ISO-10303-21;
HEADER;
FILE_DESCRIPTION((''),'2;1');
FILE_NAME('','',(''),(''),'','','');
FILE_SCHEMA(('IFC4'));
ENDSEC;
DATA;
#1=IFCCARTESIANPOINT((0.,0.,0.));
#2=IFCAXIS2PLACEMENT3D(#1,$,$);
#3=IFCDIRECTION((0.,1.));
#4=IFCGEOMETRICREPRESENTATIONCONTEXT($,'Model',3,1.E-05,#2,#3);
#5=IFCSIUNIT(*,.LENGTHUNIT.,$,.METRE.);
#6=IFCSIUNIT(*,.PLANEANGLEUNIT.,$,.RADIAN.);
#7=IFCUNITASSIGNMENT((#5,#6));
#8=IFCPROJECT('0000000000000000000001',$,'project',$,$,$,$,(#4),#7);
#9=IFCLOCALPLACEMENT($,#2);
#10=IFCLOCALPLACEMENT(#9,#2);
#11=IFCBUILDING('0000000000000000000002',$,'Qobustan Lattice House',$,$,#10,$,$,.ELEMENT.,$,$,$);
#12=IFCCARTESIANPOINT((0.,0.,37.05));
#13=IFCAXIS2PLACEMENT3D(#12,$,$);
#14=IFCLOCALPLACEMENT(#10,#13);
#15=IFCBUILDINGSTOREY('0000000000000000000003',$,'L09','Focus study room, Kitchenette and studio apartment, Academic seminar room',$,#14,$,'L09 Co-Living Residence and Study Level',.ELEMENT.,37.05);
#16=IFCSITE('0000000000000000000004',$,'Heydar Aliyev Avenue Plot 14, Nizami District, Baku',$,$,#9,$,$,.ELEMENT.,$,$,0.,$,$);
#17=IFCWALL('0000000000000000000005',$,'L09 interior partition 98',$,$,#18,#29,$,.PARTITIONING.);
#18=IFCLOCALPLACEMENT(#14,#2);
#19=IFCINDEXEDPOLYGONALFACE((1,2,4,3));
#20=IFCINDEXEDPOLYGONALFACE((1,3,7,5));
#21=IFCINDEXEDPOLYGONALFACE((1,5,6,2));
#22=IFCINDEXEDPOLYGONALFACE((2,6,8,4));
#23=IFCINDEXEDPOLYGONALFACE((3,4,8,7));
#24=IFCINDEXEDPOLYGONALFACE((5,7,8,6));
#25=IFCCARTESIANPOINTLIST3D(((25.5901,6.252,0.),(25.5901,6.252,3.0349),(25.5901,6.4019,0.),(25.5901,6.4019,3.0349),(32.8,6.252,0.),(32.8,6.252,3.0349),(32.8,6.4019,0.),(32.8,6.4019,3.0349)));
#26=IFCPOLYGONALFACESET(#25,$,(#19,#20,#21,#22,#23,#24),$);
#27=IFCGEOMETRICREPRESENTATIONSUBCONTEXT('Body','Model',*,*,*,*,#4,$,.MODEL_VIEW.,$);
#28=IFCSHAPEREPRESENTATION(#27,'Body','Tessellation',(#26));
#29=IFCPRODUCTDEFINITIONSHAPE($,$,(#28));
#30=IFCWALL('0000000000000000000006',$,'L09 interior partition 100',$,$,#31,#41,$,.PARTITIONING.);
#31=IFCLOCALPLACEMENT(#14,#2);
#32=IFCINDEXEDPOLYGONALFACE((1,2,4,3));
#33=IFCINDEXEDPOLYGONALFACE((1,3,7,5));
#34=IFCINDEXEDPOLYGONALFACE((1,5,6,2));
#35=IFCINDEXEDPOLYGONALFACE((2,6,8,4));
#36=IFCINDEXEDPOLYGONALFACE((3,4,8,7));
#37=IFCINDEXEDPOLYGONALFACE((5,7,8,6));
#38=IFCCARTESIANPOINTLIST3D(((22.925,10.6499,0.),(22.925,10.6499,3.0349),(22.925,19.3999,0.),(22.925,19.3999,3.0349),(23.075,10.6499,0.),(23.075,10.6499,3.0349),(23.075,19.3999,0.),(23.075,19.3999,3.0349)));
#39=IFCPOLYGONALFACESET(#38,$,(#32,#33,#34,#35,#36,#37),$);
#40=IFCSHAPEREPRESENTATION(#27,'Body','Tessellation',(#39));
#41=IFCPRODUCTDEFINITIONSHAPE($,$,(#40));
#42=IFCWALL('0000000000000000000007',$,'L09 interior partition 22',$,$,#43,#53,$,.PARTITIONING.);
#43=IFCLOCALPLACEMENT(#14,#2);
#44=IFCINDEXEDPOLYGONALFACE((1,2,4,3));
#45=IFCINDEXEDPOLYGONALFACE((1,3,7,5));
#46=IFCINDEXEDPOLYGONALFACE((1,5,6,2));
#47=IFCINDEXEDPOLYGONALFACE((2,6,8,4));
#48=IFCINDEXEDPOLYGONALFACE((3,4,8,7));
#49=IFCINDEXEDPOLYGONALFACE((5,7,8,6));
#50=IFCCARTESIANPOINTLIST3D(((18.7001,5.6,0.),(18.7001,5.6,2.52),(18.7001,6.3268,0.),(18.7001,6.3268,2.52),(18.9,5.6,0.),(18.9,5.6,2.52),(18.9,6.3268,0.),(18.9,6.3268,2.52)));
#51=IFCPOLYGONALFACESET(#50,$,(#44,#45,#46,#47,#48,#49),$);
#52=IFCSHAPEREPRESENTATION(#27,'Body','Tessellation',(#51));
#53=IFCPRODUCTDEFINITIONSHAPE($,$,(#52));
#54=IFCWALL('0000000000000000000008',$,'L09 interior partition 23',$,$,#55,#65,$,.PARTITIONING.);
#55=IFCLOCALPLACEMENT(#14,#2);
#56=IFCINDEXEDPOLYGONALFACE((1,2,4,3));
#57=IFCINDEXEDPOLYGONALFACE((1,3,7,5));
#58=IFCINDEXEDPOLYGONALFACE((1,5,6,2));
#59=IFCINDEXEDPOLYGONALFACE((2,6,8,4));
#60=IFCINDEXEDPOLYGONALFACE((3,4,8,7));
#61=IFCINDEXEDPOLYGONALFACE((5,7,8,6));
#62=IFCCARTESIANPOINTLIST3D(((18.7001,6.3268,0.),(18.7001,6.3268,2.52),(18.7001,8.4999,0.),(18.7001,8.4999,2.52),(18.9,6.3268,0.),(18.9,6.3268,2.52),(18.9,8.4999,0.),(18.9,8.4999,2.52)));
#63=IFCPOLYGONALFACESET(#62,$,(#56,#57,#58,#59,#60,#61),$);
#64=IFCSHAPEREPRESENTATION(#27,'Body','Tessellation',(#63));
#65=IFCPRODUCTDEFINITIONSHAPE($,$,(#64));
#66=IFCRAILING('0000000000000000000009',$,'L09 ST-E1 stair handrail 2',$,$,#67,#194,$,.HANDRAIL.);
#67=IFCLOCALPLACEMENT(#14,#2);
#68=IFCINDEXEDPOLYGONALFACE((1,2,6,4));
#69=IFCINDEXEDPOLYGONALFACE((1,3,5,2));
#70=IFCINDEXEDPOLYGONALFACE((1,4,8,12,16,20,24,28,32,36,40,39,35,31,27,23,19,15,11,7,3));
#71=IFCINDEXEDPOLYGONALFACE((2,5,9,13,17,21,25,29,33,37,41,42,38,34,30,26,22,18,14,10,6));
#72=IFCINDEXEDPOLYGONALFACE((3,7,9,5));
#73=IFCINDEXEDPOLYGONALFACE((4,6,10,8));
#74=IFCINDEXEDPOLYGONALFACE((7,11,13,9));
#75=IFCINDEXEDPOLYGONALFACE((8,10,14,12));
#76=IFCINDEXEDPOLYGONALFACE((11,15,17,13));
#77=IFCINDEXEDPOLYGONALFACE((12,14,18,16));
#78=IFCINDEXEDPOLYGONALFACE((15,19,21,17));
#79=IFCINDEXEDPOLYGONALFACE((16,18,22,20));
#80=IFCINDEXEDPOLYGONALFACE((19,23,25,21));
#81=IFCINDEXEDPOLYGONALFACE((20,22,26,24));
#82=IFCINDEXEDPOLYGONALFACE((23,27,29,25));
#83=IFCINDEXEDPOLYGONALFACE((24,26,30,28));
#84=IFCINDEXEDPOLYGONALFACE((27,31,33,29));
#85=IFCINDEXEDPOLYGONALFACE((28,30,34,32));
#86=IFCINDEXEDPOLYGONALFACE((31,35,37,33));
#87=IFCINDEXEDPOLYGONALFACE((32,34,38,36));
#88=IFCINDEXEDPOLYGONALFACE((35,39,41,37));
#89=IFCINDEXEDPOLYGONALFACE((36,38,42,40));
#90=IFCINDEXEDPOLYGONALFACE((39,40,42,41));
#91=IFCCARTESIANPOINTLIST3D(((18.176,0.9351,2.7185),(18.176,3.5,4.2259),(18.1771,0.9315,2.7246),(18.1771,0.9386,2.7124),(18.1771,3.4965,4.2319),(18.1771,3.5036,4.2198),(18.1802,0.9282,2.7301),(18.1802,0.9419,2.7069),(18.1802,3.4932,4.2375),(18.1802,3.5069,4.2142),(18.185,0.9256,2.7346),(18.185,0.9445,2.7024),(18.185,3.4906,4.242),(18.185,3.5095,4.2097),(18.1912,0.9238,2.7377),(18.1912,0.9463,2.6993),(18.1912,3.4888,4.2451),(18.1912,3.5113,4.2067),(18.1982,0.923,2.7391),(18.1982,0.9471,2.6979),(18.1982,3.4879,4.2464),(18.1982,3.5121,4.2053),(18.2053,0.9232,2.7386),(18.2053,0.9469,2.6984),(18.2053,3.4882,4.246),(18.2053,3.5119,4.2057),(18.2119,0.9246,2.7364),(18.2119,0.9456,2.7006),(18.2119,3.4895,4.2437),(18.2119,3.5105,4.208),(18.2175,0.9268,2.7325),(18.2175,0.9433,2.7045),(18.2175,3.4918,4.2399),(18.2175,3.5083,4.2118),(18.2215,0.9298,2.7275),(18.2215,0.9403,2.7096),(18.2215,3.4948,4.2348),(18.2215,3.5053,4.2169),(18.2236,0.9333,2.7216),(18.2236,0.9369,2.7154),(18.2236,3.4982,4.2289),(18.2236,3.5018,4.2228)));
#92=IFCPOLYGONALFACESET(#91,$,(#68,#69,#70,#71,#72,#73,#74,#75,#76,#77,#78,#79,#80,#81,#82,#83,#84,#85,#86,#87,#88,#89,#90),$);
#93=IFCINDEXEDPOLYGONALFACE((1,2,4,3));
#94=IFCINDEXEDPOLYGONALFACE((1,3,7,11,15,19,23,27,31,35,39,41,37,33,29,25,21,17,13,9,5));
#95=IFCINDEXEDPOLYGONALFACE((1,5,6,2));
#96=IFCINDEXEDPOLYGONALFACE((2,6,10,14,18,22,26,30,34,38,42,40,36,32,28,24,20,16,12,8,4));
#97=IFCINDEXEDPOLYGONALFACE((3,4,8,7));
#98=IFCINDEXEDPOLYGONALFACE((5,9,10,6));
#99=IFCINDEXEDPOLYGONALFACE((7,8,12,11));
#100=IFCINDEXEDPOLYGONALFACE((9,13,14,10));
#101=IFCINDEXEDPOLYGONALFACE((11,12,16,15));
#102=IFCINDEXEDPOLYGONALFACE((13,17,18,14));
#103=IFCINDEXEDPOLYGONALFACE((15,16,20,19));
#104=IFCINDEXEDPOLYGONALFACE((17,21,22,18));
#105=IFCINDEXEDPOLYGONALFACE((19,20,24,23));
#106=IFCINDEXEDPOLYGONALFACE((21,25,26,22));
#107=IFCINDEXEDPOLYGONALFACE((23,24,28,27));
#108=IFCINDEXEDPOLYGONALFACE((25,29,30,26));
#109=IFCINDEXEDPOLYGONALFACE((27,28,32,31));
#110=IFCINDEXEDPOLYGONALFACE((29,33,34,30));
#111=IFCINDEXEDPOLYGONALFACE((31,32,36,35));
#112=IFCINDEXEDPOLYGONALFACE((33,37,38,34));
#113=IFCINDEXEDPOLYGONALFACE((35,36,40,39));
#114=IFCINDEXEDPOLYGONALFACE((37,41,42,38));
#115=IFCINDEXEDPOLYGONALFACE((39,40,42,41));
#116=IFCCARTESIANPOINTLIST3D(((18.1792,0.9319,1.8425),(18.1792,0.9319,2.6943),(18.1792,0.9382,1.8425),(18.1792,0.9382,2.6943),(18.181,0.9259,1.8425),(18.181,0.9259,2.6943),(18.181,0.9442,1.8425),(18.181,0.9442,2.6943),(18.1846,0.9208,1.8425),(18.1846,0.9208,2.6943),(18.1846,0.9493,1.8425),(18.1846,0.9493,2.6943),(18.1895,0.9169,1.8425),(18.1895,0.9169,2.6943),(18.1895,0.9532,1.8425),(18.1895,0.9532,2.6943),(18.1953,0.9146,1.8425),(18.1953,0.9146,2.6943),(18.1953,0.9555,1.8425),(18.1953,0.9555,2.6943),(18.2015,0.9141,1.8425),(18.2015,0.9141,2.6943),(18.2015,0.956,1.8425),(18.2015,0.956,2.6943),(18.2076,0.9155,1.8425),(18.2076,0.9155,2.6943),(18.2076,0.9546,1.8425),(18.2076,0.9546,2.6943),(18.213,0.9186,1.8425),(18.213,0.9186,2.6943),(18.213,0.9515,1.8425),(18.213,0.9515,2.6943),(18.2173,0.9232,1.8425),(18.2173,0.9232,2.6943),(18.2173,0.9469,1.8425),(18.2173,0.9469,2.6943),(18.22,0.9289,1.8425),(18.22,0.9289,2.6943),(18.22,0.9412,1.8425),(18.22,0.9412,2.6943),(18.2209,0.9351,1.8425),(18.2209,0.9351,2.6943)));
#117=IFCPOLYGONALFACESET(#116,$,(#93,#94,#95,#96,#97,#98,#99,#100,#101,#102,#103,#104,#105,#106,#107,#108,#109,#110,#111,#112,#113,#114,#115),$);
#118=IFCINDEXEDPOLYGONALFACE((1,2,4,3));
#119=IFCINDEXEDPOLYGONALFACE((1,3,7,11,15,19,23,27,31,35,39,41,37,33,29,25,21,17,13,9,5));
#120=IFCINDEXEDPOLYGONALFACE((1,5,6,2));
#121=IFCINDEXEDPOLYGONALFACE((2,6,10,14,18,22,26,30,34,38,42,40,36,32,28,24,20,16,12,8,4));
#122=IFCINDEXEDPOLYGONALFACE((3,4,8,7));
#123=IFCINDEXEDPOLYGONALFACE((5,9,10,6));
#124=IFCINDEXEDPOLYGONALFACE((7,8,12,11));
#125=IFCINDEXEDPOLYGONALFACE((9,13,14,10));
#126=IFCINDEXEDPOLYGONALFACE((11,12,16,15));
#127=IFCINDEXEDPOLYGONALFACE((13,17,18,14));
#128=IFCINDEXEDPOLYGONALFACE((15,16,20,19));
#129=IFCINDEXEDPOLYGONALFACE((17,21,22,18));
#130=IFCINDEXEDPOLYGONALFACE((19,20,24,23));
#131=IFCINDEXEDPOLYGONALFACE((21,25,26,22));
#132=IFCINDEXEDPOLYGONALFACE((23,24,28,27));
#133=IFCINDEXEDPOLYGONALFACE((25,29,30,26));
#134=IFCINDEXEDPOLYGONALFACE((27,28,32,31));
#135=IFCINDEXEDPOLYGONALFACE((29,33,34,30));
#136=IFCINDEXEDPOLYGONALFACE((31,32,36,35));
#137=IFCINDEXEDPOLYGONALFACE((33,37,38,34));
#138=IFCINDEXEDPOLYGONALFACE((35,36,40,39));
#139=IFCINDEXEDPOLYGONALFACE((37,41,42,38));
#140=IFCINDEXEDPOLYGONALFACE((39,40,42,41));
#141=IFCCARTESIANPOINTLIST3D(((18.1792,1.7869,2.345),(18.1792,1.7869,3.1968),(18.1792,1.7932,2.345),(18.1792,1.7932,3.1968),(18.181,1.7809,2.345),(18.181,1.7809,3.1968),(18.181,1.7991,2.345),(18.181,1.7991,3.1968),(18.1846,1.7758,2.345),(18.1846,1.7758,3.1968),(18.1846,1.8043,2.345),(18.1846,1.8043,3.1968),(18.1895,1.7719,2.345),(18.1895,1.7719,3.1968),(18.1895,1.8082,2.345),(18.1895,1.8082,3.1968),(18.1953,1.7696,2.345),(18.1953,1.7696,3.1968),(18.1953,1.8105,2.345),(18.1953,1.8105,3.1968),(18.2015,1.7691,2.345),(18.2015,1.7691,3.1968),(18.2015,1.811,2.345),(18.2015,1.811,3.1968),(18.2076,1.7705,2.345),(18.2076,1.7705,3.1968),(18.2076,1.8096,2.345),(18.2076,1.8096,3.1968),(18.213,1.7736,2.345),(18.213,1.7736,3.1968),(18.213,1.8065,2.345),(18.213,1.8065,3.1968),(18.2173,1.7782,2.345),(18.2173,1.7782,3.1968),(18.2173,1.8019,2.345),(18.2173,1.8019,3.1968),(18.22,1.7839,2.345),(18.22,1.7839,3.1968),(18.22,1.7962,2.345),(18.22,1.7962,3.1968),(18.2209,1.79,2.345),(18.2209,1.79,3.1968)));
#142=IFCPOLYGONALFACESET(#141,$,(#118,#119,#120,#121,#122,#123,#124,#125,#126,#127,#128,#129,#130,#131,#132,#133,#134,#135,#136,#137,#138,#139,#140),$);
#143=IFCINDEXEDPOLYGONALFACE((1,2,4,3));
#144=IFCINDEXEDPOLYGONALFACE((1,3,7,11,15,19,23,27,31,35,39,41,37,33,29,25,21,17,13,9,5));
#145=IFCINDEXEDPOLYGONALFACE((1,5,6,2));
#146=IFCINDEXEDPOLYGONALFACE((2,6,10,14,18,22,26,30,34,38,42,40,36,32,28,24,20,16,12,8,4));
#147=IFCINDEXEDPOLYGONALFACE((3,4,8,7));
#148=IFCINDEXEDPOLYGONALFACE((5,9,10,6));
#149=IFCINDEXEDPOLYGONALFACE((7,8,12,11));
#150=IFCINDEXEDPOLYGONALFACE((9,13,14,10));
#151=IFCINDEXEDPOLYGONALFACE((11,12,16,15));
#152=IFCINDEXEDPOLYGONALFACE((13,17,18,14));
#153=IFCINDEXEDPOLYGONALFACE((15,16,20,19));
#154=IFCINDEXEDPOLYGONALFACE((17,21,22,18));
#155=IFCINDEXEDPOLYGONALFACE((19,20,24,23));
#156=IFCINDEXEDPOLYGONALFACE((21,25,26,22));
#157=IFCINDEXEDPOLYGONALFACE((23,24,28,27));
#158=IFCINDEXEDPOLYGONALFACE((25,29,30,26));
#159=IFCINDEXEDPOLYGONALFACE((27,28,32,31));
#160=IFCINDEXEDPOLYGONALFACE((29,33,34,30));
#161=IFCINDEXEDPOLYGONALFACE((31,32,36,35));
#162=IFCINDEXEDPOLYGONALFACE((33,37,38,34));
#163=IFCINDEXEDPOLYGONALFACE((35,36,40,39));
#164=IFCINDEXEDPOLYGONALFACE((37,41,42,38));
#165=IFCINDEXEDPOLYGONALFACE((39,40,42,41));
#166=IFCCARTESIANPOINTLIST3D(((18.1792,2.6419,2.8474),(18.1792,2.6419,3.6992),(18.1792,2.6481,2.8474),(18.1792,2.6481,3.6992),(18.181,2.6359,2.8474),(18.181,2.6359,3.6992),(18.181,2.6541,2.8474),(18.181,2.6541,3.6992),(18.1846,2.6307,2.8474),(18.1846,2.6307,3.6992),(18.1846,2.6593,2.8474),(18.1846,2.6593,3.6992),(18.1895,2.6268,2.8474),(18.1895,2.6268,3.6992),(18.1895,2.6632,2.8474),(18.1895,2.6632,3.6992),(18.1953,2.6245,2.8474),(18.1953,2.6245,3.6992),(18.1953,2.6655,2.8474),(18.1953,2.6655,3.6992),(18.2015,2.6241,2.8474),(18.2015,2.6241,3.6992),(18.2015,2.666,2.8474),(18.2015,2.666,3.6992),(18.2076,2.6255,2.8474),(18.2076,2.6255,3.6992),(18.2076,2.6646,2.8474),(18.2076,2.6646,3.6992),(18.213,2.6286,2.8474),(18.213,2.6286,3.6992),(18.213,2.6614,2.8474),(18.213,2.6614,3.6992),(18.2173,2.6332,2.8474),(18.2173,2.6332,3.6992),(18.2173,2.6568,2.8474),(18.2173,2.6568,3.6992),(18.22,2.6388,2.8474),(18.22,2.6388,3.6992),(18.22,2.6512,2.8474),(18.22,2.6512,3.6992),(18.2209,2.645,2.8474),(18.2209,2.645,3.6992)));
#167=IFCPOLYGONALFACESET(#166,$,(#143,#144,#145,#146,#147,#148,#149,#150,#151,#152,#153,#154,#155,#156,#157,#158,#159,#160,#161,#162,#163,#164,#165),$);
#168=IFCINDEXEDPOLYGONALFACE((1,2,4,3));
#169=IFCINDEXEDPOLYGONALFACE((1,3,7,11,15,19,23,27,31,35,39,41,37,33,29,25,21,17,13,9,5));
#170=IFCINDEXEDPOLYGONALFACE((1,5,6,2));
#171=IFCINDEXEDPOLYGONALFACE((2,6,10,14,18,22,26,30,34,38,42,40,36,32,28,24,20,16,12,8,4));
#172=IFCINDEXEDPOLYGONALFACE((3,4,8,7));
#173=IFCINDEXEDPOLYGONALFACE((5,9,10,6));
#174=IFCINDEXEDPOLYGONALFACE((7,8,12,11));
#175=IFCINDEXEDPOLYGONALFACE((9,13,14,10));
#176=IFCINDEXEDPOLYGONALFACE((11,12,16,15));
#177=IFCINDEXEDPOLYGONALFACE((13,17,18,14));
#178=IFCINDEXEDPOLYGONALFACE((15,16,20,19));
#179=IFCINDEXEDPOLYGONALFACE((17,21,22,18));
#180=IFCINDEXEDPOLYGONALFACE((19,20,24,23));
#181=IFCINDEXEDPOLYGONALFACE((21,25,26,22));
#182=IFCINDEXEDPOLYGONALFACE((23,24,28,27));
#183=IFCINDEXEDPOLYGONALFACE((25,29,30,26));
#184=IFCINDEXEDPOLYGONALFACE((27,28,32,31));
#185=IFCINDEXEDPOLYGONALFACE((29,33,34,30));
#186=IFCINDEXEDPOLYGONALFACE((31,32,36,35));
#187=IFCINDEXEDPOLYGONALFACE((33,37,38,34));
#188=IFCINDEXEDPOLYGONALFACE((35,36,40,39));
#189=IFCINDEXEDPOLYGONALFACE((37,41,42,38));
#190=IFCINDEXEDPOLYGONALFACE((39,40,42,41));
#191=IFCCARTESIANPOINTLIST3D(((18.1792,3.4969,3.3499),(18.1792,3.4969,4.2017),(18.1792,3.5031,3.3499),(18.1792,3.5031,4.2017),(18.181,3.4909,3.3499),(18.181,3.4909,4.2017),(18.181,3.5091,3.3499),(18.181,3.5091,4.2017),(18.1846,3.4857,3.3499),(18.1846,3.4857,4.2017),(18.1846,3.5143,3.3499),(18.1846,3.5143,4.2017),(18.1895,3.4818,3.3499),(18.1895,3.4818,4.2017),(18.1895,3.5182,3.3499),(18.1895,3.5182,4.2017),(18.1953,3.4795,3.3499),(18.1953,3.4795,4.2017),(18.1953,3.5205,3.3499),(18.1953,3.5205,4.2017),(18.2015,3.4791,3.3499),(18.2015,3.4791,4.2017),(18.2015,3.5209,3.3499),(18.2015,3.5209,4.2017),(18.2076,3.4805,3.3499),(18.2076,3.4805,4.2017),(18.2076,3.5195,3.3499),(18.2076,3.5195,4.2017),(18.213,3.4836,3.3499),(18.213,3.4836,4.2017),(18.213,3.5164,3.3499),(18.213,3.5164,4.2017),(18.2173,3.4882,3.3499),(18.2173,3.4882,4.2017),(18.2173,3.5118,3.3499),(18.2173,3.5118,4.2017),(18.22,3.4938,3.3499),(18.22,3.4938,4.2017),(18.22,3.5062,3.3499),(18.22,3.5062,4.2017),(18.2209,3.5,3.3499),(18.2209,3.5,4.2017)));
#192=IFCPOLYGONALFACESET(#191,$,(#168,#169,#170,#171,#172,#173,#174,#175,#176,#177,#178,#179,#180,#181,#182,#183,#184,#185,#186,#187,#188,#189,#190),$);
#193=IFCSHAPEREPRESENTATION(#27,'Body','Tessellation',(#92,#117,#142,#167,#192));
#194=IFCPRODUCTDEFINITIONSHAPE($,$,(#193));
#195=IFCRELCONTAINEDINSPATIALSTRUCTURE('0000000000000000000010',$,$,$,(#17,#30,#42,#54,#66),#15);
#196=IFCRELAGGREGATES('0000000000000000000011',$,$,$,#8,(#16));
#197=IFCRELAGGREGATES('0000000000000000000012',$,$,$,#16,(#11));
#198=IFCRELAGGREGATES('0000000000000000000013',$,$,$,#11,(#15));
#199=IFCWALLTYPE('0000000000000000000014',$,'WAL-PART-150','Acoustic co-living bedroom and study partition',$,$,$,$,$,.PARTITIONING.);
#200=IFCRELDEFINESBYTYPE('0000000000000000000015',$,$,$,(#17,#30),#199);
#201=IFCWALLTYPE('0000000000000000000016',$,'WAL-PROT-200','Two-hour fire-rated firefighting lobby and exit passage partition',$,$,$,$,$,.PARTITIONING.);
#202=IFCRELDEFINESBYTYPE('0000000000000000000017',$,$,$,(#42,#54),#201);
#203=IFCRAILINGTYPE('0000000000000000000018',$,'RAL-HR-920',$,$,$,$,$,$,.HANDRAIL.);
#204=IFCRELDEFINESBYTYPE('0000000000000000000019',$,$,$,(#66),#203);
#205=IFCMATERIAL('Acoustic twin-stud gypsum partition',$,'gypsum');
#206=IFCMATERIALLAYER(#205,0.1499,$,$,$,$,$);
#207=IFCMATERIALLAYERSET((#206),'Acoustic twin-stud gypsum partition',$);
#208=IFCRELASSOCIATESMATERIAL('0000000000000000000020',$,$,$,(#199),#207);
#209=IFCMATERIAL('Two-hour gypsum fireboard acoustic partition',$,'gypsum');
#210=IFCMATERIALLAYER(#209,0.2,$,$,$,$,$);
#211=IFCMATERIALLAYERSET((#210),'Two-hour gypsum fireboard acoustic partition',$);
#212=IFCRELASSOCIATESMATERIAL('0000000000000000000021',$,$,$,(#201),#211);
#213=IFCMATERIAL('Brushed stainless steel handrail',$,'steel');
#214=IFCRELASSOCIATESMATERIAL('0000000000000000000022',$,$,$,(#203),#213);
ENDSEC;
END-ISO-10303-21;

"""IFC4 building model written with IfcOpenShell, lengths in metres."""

from ifc_helpers import new_model, si_unit, direction, frame, frame_2d, origin, origin_2d, place, context, subcontext, project, spatial, rectangle, circle, extrude, material, layer, layer_set, type_object, element, save


model = new_model("IFC4")

# Units and contexts
model_context = context("Model", 3, precision=1e-05, world=origin(), true_north=direction((0.0, 1.0)))
body_context = subcontext(model_context, "Body", "Model", "MODEL_VIEW")
ifc_project = project(units=[si_unit("LENGTHUNIT", "METRE"), si_unit("PLANEANGLEUNIT", "RADIAN")], contexts=[model_context])

# Site, building, storey
site_placement = place(None, origin())
site = spatial("IfcSite", under=ifc_project, at=site_placement, Name="Heydar Aliyev Avenue Plot 14, Nizami District, Baku", CompositionType="ELEMENT", RefElevation=0.0)
building_placement = place(site_placement, origin())
building = spatial("IfcBuilding", under=site, at=building_placement, Name="Qobustan Lattice House", CompositionType="ELEMENT")
storey_placement = place(building_placement, frame((0.0, 0.0, 37.05)))
storey = spatial("IfcBuildingStorey", under=building, at=storey_placement, Name="L09", Description="Focus study room, Kitchenette and studio apartment, Academic seminar room", LongName="L09 Co-Living Residence and Study Level", CompositionType="ELEMENT", Elevation=37.05)

# Shared definitions
ifc_material_1 = material(Name="Acoustic twin-stud gypsum partition", Category="gypsum")
ifc_layer_1 = layer(ifc_material_1, 0.1499)
ifc_layer_set_1 = layer_set([ifc_layer_1], Name="Acoustic twin-stud gypsum partition")
wall_type_1 = type_object("IfcWallType", Name="WAL-PART-150", Description="Acoustic co-living bedroom and study partition", PredefinedType="PARTITIONING", material=ifc_layer_set_1)

# Walls
wall_1_placement = place(storey_placement, frame((25.5901, 6.3269, 0.0), z_axis=(0.0, 0.0, 1.0), x_axis=(1.0, 0.0, 0.0)))
element("IfcWall", 1, at=wall_1_placement, inside=storey, type_object=wall_type_1, Name="L09 interior partition 98", PredefinedType="PARTITIONING", context=body_context, shape_type="SweptSolid", body=[
    extrude(rectangle(XDim=7.21, YDim=0.1499, at=frame_2d((3.605, 0.0))), origin(), (0.0, 0.0, 1.0), 3.0349),
])
wall_2_placement = place(storey_placement, frame((23.0, 10.6499, 0.0), z_axis=(0.0, 0.0, 1.0), x_axis=(0.0, 1.0, 0.0)))
element("IfcWall", 2, at=wall_2_placement, inside=storey, type_object=wall_type_1, Name="L09 interior partition 100", PredefinedType="PARTITIONING", context=body_context, shape_type="SweptSolid", body=[
    extrude(rectangle(XDim=8.75, YDim=0.1499, at=frame_2d((4.375, 0.0))), origin(), (0.0, 0.0, 1.0), 3.0349),
])

# Shared definitions
ifc_material_2 = material(Name="Two-hour gypsum fireboard acoustic partition", Category="gypsum")
ifc_layer_2 = layer(ifc_material_2, 0.2)
ifc_layer_set_2 = layer_set([ifc_layer_2], Name="Two-hour gypsum fireboard acoustic partition")
wall_type_2 = type_object("IfcWallType", Name="WAL-PROT-200", Description="Two-hour fire-rated firefighting lobby and exit passage partition", PredefinedType="PARTITIONING", material=ifc_layer_set_2)

# Walls
wall_3_placement = place(storey_placement, frame((18.8, 5.6001, 0.0), z_axis=(0.0, 0.0, 1.0), x_axis=(0.0, 1.0, 0.0)))
element("IfcWall", 3, at=wall_3_placement, inside=storey, type_object=wall_type_2, Name="L09 interior partition 22", PredefinedType="PARTITIONING", context=body_context, shape_type="SweptSolid", body=[
    extrude(rectangle(XDim=0.7268, YDim=0.2, at=frame_2d((0.3633, 0.0))), origin(), (0.0, 0.0, 1.0), 2.52),
])
wall_4_placement = place(storey_placement, frame((18.8, 6.3269, 0.0), z_axis=(0.0, 0.0, 1.0), x_axis=(0.0, 1.0, 0.0)))
element("IfcWall", 4, at=wall_4_placement, inside=storey, type_object=wall_type_2, Name="L09 interior partition 23", PredefinedType="PARTITIONING", context=body_context, shape_type="SweptSolid", body=[
    extrude(rectangle(XDim=2.1731, YDim=0.2, at=frame_2d((1.0864, 0.0))), origin(), (0.0, 0.0, 1.0), 2.52),
])

# Railing
ifc_material_3 = material(Name="Brushed stainless steel handrail", Category="steel")
railing_type = type_object("IfcRailingType", Name="RAL-HR-920", PredefinedType="HANDRAIL", material=ifc_material_3)
railing_placement = place(storey_placement, frame((18.2, 0.9351, 1.8425)))
element("IfcRailing", 5, at=railing_placement, inside=storey, type_object=railing_type, Name="L09 ST-E1 stair handrail 2", PredefinedType="HANDRAIL", context=body_context, shape_type="SweptSolid", body=[
    extrude(circle(Radius=0.0239, at=origin_2d()), frame((0.0, 0.0, 0.876), z_axis=(0.0, 0.862149, 0.506654), x_axis=(-1.0, 0.0, 0.0)), (0.0, 0.0, 1.0), 2.9751),
    extrude(circle(Radius=0.021, at=origin_2d()), origin(), (0.0, 0.0, 1.0), 0.8518),
    extrude(circle(Radius=0.021, at=origin_2d()), frame((0.0, 0.855, 0.5024)), (0.0, 0.0, 1.0), 0.8518),
    extrude(circle(Radius=0.021, at=origin_2d()), frame((0.0, 1.71, 1.0049)), (0.0, 0.0, 1.0), 0.8518),
    extrude(circle(Radius=0.021, at=origin_2d()), frame((0.0, 2.5649, 1.5073)), (0.0, 0.0, 1.0), 0.8518),
])

save(model, "model.ifc")
